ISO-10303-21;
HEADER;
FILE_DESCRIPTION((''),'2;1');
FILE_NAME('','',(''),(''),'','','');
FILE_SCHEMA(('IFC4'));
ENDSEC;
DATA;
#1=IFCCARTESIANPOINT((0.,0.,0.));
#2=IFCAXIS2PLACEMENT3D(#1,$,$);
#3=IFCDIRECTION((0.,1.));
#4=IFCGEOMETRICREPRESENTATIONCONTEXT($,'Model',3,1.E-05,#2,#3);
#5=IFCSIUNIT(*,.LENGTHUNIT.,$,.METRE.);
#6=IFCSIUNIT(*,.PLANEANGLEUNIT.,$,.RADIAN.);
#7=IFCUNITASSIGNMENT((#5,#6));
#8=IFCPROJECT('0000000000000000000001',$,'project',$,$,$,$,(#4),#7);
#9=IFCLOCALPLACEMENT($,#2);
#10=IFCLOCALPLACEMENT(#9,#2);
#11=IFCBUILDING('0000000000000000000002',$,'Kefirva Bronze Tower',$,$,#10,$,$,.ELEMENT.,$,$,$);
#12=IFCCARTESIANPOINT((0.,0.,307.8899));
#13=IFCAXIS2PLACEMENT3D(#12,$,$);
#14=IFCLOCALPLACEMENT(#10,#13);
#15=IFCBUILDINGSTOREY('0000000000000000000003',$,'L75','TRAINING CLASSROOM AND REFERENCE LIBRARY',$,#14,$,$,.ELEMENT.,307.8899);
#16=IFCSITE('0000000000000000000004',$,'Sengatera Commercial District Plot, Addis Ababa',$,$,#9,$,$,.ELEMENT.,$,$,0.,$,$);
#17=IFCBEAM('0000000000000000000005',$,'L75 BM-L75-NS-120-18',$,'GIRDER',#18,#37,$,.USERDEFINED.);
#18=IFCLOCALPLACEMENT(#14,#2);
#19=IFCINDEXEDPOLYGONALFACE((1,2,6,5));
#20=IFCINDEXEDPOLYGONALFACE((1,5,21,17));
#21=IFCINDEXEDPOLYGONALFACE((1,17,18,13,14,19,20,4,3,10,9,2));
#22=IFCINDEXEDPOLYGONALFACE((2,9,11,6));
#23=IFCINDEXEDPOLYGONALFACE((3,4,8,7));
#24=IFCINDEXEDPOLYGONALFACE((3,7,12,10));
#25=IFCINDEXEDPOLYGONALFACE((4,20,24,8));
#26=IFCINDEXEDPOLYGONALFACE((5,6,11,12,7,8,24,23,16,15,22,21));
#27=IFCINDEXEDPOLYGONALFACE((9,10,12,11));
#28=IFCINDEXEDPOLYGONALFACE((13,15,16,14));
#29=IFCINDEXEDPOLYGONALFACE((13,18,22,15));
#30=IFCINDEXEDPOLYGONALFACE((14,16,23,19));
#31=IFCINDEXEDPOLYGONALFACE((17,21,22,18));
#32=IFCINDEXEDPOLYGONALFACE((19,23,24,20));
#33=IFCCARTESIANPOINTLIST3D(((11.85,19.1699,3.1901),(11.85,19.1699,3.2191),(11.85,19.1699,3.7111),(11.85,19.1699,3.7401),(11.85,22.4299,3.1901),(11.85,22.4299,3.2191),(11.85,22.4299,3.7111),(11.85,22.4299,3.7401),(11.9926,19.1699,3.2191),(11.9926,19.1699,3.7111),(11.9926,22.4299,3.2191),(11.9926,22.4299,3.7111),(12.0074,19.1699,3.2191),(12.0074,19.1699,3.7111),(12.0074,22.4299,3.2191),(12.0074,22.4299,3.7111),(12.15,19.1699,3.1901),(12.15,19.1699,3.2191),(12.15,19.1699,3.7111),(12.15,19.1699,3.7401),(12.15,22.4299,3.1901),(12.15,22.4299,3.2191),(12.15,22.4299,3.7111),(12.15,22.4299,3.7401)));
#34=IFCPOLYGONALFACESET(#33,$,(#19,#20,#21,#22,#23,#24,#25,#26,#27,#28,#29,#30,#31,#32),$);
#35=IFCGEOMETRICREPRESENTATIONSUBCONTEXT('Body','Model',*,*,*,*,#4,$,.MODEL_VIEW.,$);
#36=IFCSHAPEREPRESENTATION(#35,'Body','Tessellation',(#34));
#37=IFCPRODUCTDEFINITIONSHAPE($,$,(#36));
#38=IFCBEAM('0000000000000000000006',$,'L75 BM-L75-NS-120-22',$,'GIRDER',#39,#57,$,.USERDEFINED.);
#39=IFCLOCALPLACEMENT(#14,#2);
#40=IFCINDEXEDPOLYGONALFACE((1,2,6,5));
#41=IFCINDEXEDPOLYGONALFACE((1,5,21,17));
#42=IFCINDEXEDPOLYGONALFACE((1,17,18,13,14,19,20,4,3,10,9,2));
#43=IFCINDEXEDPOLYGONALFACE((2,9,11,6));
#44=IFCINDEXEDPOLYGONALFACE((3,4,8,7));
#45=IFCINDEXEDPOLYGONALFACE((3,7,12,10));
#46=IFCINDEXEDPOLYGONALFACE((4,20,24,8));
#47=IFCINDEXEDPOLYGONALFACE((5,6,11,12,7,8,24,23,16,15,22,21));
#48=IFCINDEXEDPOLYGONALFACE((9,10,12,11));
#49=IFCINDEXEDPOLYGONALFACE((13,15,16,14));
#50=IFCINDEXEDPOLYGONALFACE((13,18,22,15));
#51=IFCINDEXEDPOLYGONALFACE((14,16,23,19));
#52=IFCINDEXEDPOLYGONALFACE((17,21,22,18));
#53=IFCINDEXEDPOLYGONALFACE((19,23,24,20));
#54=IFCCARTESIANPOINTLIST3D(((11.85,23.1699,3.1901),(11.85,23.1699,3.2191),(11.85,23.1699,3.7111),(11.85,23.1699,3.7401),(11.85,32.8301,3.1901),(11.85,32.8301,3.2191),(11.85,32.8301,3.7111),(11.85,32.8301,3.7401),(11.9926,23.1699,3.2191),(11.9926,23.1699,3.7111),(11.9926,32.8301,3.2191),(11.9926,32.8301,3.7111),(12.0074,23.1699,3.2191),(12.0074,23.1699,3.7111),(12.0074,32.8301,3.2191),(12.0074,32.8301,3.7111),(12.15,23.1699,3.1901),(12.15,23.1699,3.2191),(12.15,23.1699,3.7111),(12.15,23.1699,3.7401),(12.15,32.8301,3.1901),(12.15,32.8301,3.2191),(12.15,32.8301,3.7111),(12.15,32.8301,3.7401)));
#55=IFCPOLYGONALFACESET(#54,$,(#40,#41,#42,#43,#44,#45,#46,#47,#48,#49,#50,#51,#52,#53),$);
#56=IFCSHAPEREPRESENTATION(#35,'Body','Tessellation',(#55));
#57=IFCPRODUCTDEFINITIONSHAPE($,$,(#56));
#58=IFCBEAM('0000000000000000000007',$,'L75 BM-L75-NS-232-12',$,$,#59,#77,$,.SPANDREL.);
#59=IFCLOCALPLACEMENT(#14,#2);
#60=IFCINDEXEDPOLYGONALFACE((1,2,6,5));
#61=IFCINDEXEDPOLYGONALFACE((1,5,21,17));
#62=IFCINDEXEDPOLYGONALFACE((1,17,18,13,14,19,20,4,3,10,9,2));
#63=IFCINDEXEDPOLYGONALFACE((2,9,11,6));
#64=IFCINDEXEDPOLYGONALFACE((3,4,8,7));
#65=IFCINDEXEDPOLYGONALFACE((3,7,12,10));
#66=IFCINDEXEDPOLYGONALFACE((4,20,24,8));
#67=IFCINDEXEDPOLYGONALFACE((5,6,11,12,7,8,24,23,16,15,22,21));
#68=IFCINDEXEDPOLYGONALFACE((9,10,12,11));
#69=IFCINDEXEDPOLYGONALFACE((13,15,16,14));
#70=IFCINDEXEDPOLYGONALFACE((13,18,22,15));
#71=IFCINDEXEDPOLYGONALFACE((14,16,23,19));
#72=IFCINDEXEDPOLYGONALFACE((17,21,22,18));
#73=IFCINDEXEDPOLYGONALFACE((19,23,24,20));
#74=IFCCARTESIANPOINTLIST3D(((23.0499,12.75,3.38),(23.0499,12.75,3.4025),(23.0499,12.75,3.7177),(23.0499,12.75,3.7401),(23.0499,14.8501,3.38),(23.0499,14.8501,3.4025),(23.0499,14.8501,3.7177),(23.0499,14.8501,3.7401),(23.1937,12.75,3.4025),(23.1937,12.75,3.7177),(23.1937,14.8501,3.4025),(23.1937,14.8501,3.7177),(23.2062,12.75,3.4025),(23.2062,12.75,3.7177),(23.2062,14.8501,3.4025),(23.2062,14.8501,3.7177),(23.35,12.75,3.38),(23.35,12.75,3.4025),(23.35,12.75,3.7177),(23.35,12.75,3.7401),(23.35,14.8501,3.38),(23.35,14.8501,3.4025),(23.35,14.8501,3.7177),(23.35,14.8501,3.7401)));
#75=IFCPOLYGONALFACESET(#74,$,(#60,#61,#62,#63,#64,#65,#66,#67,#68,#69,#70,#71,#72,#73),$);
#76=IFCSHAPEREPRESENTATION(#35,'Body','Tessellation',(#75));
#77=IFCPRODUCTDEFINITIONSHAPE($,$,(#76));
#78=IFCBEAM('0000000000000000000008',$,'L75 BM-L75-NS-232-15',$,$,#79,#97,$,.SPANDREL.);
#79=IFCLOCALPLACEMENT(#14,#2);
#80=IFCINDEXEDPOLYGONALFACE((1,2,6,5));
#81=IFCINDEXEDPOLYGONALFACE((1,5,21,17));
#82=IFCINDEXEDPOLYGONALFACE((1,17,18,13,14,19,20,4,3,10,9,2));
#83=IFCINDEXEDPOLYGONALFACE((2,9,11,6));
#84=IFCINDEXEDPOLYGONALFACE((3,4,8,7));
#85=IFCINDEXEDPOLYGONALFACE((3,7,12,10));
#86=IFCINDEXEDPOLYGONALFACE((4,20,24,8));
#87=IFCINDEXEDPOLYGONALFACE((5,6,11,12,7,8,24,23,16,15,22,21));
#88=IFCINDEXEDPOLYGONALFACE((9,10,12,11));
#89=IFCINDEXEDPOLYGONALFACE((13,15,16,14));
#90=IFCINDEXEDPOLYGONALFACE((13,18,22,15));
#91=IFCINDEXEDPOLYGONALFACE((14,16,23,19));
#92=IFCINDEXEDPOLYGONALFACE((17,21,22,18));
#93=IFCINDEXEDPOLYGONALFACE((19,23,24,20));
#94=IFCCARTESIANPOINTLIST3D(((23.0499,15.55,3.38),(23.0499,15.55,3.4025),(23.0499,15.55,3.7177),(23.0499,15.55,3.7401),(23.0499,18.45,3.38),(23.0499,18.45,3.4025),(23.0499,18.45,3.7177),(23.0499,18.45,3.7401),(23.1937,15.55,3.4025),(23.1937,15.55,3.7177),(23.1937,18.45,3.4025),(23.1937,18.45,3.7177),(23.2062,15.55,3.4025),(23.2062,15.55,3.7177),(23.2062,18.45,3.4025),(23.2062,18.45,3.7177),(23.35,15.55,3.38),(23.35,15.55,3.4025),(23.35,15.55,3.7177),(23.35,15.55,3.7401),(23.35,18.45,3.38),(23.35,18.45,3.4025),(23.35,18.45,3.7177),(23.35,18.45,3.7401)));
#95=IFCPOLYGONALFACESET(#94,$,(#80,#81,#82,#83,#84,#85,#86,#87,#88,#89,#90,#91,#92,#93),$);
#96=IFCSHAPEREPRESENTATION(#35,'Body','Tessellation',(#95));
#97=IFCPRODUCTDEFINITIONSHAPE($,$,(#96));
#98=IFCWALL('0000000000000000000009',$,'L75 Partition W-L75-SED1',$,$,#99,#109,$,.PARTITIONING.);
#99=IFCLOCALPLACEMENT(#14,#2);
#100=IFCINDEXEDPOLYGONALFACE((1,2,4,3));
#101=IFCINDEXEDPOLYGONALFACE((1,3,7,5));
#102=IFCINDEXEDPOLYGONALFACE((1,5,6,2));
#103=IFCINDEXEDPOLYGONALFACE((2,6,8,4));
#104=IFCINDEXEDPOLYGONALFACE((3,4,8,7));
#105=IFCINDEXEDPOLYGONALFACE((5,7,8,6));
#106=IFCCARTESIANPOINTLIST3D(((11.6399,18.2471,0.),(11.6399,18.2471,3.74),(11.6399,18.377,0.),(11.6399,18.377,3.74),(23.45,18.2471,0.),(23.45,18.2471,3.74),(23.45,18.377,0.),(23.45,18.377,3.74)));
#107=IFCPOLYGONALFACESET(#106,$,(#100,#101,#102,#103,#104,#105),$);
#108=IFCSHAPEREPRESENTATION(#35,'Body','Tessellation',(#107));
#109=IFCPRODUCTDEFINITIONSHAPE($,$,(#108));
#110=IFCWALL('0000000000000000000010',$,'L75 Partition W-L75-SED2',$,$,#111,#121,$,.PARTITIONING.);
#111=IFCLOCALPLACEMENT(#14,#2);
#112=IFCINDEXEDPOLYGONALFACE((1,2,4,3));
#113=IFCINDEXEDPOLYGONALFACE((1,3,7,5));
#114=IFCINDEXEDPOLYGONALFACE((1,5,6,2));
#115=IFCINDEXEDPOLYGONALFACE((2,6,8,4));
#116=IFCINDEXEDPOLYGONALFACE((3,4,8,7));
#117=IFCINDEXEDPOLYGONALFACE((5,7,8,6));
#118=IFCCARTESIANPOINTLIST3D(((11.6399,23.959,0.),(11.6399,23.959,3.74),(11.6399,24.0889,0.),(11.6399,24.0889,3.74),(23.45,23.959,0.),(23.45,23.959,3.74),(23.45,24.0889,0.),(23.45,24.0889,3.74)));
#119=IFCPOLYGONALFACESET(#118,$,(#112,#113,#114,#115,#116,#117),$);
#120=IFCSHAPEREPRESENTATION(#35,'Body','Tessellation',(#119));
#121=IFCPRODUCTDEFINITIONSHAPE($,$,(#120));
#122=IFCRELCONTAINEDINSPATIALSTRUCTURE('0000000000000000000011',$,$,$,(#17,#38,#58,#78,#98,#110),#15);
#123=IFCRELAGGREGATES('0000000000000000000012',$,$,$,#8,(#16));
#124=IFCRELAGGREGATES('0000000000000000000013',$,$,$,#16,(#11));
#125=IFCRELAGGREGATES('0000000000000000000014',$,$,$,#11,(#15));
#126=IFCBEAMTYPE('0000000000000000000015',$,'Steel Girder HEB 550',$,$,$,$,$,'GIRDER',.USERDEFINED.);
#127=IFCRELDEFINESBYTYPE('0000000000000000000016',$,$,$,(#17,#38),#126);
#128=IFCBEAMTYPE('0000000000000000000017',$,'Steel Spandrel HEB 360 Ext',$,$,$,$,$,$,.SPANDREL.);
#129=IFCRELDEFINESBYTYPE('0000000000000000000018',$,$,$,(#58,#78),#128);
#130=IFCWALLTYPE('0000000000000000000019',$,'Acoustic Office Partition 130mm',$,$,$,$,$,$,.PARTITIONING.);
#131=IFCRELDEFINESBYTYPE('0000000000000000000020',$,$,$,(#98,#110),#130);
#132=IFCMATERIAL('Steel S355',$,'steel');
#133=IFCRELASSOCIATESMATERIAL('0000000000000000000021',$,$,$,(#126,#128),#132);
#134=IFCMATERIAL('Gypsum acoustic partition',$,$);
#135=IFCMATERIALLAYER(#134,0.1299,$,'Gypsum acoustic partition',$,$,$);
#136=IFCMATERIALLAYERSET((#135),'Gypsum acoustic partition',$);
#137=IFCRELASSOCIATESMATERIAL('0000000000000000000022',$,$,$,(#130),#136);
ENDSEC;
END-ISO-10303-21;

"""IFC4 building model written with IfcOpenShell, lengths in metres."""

from ifc_helpers import new_model, si_unit, direction, frame, frame_2d, origin, origin_2d, place, context, subcontext, project, spatial, rectangle, i_section, extrude, material, layer, layer_set, material_profile, profile_set, type_object, element, save


model = new_model("IFC4")

# Units and contexts
model_context = context("Model", 3, precision=1e-05, world=origin(), true_north=direction((0.0, 1.0)))
body_context = subcontext(model_context, "Body", "Model", "MODEL_VIEW")
ifc_project = project(units=[si_unit("LENGTHUNIT", "METRE"), si_unit("PLANEANGLEUNIT", "RADIAN")], contexts=[model_context])

# Site, building, storey
site_placement = place(None, origin())
site = spatial("IfcSite", under=ifc_project, at=site_placement, Name="Sengatera Commercial District Plot, Addis Ababa", CompositionType="ELEMENT", RefElevation=0.0)
building_placement = place(site_placement, origin())
building = spatial("IfcBuilding", under=site, at=building_placement, Name="Kefirva Bronze Tower", CompositionType="ELEMENT")
storey_placement = place(building_placement, frame((0.0, 0.0, 307.8899)))
storey = spatial("IfcBuildingStorey", under=building, at=storey_placement, Name="L75", Description="TRAINING CLASSROOM AND REFERENCE LIBRARY", CompositionType="ELEMENT", Elevation=307.8899)

# Beams
ifc_material_1 = material(Name="Steel S355", Category="steel")
ifc_material_profile_1 = material_profile(ifc_material_1, i_section(OverallWidth=0.3, OverallDepth=0.55, WebThickness=0.0149, FlangeThickness=0.0291, at=origin_2d()), Name="HEB 550")
ifc_profile_set_1 = profile_set([ifc_material_profile_1], Name="Steel S355")
beam_type_1 = type_object("IfcBeamType", Name="Steel Girder HEB 550", ElementType="GIRDER", PredefinedType="USERDEFINED", material=ifc_profile_set_1)
beam_1_placement = place(storey_placement, frame((12.0, 19.1699, 3.4651), z_axis=(0.0, 1.0, 0.0), x_axis=(-1.0, 0.0, 0.0)))
element("IfcBeam", 1, at=beam_1_placement, inside=storey, type_object=beam_type_1, Name="L75 BM-L75-NS-120-18", ObjectType="GIRDER", PredefinedType="USERDEFINED", context=body_context, shape_type="SweptSolid", body=[
    extrude(i_section(OverallWidth=0.3, OverallDepth=0.55, WebThickness=0.0149, FlangeThickness=0.0291, at=origin_2d()), origin(), (0.0, 0.0, 1.0), 3.26),
])
beam_2_placement = place(storey_placement, frame((12.0, 23.1699, 3.4651), z_axis=(0.0, 1.0, 0.0), x_axis=(-1.0, 0.0, 0.0)))
element("IfcBeam", 2, at=beam_2_placement, inside=storey, type_object=beam_type_1, Name="L75 BM-L75-NS-120-22", ObjectType="GIRDER", PredefinedType="USERDEFINED", context=body_context, shape_type="SweptSolid", body=[
    extrude(i_section(OverallWidth=0.3, OverallDepth=0.55, WebThickness=0.0149, FlangeThickness=0.0291, at=origin_2d()), origin(), (0.0, 0.0, 1.0), 9.6602),
])
ifc_material_profile_2 = material_profile(ifc_material_1, i_section(OverallWidth=0.3, OverallDepth=0.3601, WebThickness=0.0125, FlangeThickness=0.0225, at=origin_2d()), Name="HEB 360")
ifc_profile_set_2 = profile_set([ifc_material_profile_2], Name="Steel S355")
beam_type_2 = type_object("IfcBeamType", Name="Steel Spandrel HEB 360 Ext", PredefinedType="SPANDREL", material=ifc_profile_set_2)
beam_3_placement = place(storey_placement, frame((23.2, 12.75, 3.5601), z_axis=(0.0, 1.0, 0.0), x_axis=(-1.0, 0.0, 0.0)))
element("IfcBeam", 3, at=beam_3_placement, inside=storey, type_object=beam_type_2, Name="L75 BM-L75-NS-232-12", PredefinedType="SPANDREL", context=body_context, shape_type="SweptSolid", body=[
    extrude(i_section(OverallWidth=0.3, OverallDepth=0.3601, WebThickness=0.0125, FlangeThickness=0.0225, at=origin_2d()), origin(), (0.0, 0.0, 1.0), 2.1001),
])
beam_4_placement = place(storey_placement, frame((23.2, 15.55, 3.5601), z_axis=(0.0, 1.0, 0.0), x_axis=(-1.0, 0.0, 0.0)))
element("IfcBeam", 4, at=beam_4_placement, inside=storey, type_object=beam_type_2, Name="L75 BM-L75-NS-232-15", PredefinedType="SPANDREL", context=body_context, shape_type="SweptSolid", body=[
    extrude(i_section(OverallWidth=0.3, OverallDepth=0.3601, WebThickness=0.0125, FlangeThickness=0.0225, at=origin_2d()), origin(), (0.0, 0.0, 1.0), 2.8999),
])

# Walls
ifc_material_2 = material(Name="Gypsum acoustic partition")
ifc_layer_1 = layer(ifc_material_2, 0.1299, Name="Gypsum acoustic partition")
ifc_layer_set_1 = layer_set([ifc_layer_1], Name="Gypsum acoustic partition")
wall_type_1 = type_object("IfcWallType", Name="Acoustic Office Partition 130mm", PredefinedType="PARTITIONING", material=ifc_layer_set_1)
for number, where, z_axis, x_axis, name in (
    (5, (11.6399, 18.312, 0.0), (0.0, 0.0, 1.0), (1.0, 0.0, 0.0), "L75 Partition W-L75-SED1"),
    (6, (11.6399, 24.0239, 0.0), (0.0, 0.0, 1.0), (1.0, 0.0, 0.0), "L75 Partition W-L75-SED2"),
):
    element("IfcWall", number, at=place(storey_placement, frame(where, z_axis=z_axis, x_axis=x_axis)), inside=storey, type_object=wall_type_1, Name=name, PredefinedType="PARTITIONING", context=body_context, shape_type="SweptSolid", body=[
        extrude(rectangle(XDim=11.8101, YDim=0.1299, at=frame_2d((5.905, 0.0))), origin(), (0.0, 0.0, 1.0), 3.74),
    ])

save(model, "model.ifc")
